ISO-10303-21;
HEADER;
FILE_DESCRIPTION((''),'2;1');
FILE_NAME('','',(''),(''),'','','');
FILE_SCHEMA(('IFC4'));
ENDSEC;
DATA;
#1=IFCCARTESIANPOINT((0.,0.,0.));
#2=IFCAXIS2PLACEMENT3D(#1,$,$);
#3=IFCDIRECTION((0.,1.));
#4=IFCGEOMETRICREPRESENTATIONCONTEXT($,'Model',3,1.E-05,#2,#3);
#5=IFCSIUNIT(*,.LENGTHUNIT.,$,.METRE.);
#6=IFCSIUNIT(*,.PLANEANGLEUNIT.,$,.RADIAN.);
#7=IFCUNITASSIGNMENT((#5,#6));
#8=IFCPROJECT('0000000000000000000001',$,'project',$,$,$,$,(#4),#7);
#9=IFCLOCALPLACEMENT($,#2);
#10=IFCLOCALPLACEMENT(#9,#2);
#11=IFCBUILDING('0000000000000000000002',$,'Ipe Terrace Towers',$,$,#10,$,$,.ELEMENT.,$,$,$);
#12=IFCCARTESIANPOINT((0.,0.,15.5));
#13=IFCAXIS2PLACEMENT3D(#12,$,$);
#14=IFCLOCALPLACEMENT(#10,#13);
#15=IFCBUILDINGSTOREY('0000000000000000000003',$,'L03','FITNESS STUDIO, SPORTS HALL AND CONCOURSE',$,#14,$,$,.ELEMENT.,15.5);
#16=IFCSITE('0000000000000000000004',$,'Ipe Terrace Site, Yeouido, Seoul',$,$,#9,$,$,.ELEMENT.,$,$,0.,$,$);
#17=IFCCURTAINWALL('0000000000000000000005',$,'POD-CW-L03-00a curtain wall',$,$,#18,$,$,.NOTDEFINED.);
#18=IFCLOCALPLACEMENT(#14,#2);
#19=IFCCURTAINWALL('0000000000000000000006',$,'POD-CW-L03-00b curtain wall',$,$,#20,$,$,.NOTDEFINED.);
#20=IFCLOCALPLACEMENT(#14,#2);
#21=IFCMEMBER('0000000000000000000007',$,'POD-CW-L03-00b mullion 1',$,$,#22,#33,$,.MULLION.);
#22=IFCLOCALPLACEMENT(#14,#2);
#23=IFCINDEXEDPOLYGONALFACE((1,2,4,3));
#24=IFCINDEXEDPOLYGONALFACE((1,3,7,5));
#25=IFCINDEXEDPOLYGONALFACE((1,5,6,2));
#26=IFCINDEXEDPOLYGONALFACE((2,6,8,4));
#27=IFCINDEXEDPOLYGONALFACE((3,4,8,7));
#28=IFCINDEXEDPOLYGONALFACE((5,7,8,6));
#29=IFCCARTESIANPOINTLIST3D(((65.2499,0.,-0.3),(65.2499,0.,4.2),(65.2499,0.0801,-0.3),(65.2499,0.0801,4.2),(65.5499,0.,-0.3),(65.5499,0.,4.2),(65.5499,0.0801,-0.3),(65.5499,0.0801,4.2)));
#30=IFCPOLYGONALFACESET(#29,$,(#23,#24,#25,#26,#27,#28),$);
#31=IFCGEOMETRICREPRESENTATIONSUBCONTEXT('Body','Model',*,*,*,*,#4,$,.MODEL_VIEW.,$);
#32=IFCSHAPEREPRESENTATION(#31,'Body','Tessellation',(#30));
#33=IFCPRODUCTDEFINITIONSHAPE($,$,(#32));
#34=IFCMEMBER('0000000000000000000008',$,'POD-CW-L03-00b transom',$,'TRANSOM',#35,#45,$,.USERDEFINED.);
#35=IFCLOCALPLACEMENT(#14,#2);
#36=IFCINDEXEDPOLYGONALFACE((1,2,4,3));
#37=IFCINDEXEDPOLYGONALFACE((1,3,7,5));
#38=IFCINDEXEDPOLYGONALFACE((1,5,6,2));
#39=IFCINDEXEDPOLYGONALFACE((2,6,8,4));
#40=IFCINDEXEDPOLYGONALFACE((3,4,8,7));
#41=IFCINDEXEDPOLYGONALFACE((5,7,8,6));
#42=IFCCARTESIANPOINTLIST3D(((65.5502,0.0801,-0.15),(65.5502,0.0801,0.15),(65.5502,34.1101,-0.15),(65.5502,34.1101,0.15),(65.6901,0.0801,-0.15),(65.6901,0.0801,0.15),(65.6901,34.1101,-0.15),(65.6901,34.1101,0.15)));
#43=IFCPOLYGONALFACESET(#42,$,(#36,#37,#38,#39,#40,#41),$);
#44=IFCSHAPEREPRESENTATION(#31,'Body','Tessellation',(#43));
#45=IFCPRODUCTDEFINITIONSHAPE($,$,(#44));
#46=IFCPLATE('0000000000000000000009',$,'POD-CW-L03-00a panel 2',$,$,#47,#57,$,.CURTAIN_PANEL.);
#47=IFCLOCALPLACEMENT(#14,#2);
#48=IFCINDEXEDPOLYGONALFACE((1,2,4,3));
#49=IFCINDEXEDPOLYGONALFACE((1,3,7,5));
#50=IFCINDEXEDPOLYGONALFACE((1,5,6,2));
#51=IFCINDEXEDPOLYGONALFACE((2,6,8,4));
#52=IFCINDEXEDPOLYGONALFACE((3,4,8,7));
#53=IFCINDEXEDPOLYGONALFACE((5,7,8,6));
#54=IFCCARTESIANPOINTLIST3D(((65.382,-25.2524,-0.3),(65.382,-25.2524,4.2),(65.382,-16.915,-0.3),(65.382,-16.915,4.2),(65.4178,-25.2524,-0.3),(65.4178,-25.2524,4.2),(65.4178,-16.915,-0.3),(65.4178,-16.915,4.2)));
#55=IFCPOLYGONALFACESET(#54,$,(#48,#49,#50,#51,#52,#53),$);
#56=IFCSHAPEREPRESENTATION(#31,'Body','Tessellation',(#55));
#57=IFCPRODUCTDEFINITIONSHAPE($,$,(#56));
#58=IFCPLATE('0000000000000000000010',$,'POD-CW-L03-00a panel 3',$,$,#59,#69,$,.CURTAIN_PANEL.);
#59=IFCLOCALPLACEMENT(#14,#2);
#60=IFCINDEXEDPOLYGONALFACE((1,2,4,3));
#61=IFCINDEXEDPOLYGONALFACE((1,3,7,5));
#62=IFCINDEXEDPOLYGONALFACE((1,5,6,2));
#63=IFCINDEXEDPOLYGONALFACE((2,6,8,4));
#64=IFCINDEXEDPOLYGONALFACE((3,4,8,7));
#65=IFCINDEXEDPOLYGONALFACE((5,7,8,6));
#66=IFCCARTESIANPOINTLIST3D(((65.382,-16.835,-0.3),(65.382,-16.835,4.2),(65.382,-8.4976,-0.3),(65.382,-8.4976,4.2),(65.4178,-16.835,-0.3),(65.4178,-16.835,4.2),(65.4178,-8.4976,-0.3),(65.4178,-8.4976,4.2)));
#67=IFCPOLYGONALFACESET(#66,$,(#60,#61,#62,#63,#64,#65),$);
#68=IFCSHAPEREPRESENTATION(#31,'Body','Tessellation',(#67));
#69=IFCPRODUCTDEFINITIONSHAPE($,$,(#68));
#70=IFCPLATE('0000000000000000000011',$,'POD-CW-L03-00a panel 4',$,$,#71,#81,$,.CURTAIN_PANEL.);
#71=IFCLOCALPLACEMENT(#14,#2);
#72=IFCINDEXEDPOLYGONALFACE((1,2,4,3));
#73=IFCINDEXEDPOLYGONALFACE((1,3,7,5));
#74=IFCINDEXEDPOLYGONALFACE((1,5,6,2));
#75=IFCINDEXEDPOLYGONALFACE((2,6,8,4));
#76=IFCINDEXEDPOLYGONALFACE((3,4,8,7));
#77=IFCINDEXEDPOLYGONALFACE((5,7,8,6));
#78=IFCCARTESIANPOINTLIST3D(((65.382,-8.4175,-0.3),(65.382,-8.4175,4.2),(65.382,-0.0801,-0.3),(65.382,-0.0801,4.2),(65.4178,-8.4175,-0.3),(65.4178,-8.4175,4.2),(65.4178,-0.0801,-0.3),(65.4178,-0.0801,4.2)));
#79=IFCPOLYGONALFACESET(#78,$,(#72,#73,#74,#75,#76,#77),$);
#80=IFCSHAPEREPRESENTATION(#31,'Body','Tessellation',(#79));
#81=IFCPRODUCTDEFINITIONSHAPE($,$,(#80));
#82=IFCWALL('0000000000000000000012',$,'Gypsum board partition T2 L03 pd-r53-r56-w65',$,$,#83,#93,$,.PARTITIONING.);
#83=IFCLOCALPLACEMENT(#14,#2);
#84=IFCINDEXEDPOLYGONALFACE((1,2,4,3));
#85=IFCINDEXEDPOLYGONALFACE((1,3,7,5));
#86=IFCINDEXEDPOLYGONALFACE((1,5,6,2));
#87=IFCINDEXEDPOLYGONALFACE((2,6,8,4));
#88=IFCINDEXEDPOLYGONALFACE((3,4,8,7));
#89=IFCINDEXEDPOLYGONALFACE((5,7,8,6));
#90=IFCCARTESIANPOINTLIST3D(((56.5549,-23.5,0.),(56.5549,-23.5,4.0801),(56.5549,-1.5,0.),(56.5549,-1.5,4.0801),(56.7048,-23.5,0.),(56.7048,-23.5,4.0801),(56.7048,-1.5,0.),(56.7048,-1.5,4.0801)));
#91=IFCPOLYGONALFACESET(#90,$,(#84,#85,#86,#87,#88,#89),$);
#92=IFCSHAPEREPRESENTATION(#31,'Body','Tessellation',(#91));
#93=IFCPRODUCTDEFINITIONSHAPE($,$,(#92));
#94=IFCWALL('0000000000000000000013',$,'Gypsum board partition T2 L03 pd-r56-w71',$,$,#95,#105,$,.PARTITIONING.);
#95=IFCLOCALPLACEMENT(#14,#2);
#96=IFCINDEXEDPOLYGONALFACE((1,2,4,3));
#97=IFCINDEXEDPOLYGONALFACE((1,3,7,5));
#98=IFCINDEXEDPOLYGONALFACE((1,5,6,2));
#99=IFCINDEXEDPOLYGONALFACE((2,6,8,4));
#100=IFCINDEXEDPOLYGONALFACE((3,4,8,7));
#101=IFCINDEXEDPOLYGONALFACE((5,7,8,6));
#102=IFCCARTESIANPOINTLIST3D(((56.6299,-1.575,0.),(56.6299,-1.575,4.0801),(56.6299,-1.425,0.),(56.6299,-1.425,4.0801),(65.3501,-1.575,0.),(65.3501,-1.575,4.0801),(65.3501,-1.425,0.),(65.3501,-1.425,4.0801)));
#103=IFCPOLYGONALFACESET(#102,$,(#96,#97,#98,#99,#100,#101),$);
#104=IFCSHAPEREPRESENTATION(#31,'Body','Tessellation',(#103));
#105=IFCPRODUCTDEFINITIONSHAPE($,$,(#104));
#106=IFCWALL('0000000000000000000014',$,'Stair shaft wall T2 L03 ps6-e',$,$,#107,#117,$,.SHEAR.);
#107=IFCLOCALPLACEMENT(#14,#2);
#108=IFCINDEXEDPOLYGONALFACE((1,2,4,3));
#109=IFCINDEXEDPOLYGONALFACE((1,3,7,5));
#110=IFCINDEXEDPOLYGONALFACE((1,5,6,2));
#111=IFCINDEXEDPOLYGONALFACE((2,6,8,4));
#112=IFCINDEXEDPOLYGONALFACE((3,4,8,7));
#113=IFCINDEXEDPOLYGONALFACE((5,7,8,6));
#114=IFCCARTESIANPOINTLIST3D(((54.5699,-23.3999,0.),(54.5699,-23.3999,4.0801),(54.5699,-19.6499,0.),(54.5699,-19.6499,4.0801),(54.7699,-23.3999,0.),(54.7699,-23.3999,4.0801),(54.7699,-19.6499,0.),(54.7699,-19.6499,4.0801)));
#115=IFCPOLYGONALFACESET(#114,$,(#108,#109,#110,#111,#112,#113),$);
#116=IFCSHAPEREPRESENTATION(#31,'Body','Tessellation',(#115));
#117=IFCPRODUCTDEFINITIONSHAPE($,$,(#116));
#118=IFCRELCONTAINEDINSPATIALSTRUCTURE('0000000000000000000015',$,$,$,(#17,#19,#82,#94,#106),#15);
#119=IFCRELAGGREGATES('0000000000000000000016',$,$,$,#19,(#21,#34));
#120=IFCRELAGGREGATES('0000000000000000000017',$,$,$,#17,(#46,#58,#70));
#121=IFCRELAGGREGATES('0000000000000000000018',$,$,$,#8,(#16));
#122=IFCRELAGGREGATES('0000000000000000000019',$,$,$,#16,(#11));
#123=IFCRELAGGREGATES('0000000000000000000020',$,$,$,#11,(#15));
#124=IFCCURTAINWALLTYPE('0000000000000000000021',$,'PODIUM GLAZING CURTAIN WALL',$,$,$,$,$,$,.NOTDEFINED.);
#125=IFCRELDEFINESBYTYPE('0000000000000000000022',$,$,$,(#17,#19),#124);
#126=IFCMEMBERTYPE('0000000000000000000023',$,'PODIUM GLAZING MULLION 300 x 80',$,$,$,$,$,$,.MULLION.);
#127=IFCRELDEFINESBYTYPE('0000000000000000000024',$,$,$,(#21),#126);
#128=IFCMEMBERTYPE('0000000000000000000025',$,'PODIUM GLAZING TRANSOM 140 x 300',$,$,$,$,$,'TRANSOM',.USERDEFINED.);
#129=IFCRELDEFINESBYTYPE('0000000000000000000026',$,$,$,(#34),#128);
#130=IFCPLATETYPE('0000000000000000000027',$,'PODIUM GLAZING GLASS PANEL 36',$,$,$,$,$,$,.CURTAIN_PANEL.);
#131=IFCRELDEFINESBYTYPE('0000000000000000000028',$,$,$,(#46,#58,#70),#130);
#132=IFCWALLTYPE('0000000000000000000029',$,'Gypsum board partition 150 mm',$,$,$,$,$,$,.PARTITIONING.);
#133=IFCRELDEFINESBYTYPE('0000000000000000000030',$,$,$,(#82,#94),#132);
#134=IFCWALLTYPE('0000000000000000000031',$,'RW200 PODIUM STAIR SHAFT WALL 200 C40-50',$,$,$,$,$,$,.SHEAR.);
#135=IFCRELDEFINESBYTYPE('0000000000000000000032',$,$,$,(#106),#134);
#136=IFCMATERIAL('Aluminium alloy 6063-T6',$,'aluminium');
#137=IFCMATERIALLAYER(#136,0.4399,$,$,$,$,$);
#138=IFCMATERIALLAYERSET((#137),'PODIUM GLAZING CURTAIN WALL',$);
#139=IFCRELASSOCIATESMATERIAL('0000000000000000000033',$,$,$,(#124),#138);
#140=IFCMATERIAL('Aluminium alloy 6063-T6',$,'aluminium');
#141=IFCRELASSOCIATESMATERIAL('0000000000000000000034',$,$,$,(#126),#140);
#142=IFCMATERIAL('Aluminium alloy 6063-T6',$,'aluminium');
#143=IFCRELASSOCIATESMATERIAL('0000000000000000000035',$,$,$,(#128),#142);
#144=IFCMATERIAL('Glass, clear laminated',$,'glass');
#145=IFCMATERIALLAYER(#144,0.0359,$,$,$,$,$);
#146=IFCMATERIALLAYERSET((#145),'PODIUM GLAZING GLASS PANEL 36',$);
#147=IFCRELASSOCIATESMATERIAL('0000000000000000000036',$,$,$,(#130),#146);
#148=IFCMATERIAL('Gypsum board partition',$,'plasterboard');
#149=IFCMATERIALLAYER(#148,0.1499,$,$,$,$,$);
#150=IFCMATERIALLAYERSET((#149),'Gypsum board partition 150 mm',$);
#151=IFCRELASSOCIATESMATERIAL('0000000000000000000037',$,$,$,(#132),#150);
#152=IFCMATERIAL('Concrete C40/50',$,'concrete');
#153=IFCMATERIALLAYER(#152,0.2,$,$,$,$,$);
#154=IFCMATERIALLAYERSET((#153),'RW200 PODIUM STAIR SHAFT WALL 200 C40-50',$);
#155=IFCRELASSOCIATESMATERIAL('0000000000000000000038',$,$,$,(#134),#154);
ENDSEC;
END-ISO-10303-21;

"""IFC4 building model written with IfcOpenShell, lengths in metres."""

from ifc_helpers import new_model, si_unit, direction, frame, frame_2d, origin, origin_2d, place, context, subcontext, project, spatial, rectangle, extrude, material, layer, layer_set, material_profile, profile_set, type_object, element, aggregate, save


model = new_model("IFC4")

# Units and contexts
model_context = context("Model", 3, precision=1e-05, world=origin(), true_north=direction((0.0, 1.0)))
body_context = subcontext(model_context, "Body", "Model", "MODEL_VIEW")
ifc_project = project(units=[si_unit("LENGTHUNIT", "METRE"), si_unit("PLANEANGLEUNIT", "RADIAN")], contexts=[model_context])

# Site, building, storey
site_placement = place(None, origin())
site = spatial("IfcSite", under=ifc_project, at=site_placement, Name="Ipe Terrace Site, Yeouido, Seoul", CompositionType="ELEMENT", RefElevation=0.0)
building_placement = place(site_placement, origin())
building = spatial("IfcBuilding", under=site, at=building_placement, Name="Ipe Terrace Towers", CompositionType="ELEMENT")
storey_placement = place(building_placement, frame((0.0, 0.0, 15.5)))
storey = spatial("IfcBuildingStorey", under=building, at=storey_placement, Name="L03", Description="FITNESS STUDIO, SPORTS HALL AND CONCOURSE", CompositionType="ELEMENT", Elevation=15.5)

# Curtain walls, members
ifc_material_1 = material(Name="Aluminium alloy 6063-T6", Category="aluminium")
ifc_layer_1 = layer(ifc_material_1, 0.4399)
ifc_layer_set_1 = layer_set([ifc_layer_1], Name="PODIUM GLAZING CURTAIN WALL")
curtain_wall_type = type_object("IfcCurtainWallType", Name="PODIUM GLAZING CURTAIN WALL", PredefinedType="NOTDEFINED", material=ifc_layer_set_1)
curtain_wall_1_placement = place(storey_placement, origin())
curtain_wall_1 = element("IfcCurtainWall", 1, at=curtain_wall_1_placement, inside=storey, type_object=curtain_wall_type, Name="POD-CW-L03-00a curtain wall", PredefinedType="NOTDEFINED")
ifc_material_2 = material(Name="Aluminium alloy 6063-T6", Category="aluminium")
ifc_material_profile_1 = material_profile(ifc_material_2, rectangle(XDim=0.3, YDim=0.0801, at=origin_2d()), Name="PODIUM GLAZING MULLION 300 x 80")
ifc_profile_set_1 = profile_set([ifc_material_profile_1], Name="Aluminium alloy 6063-T6")
member_type_1 = type_object("IfcMemberType", Name="PODIUM GLAZING MULLION 300 x 80", PredefinedType="MULLION", material=ifc_profile_set_1)
curtain_wall_2_placement = place(storey_placement, origin())
curtain_wall_2 = element("IfcCurtainWall", 2, at=curtain_wall_2_placement, inside=storey, type_object=curtain_wall_type, Name="POD-CW-L03-00b curtain wall", PredefinedType="NOTDEFINED")
member_1_placement = place(storey_placement, frame((65.3999, 0.04, -0.3), z_axis=(0.0, 0.0, 1.0), x_axis=(1.0, 0.0, 0.0)))
member_1 = element("IfcMember", 3, at=member_1_placement, type_object=member_type_1, Name="POD-CW-L03-00b mullion 1", PredefinedType="MULLION", context=body_context, shape_type="SweptSolid", body=[
    extrude(rectangle(XDim=0.3, YDim=0.0801, at=origin_2d()), origin(), (0.0, 0.0, 1.0), 4.5),
])
ifc_material_3 = material(Name="Aluminium alloy 6063-T6", Category="aluminium")
ifc_material_profile_2 = material_profile(ifc_material_3, rectangle(XDim=0.1399, YDim=0.3, at=origin_2d()), Name="PODIUM GLAZING TRANSOM 140 x 300")
ifc_profile_set_2 = profile_set([ifc_material_profile_2], Name="Aluminium alloy 6063-T6")
member_type_2 = type_object("IfcMemberType", Name="PODIUM GLAZING TRANSOM 140 x 300", ElementType="TRANSOM", PredefinedType="USERDEFINED", material=ifc_profile_set_2)
member_2_placement = place(storey_placement, frame((65.6201, 0.0801, 0.0), z_axis=(0.0, 1.0, 0.0), x_axis=(1.0, 0.0, 0.0)))
member_2 = element("IfcMember", 4, at=member_2_placement, type_object=member_type_2, Name="POD-CW-L03-00b transom", ObjectType="TRANSOM", PredefinedType="USERDEFINED", context=body_context, shape_type="SweptSolid", body=[
    extrude(rectangle(XDim=0.1399, YDim=0.3, at=origin_2d()), origin(), (0.0, 0.0, 1.0), 34.03),
])
aggregate(curtain_wall_2, [member_1, member_2])

# Plates
ifc_material_4 = material(Name="Glass, clear laminated", Category="glass")
ifc_layer_2 = layer(ifc_material_4, 0.0359)
ifc_layer_set_2 = layer_set([ifc_layer_2], Name="PODIUM GLAZING GLASS PANEL 36")
plate_type = type_object("IfcPlateType", Name="PODIUM GLAZING GLASS PANEL 36", PredefinedType="CURTAIN_PANEL", material=ifc_layer_set_2)
plate_1_placement = place(storey_placement, frame((65.3999, -21.0837, -0.3), z_axis=(0.0, 0.0, 1.0), x_axis=(0.0, 1.0, 0.0)))
plate_1 = element("IfcPlate", 5, at=plate_1_placement, type_object=plate_type, Name="POD-CW-L03-00a panel 2", PredefinedType="CURTAIN_PANEL", context=body_context, shape_type="SweptSolid", body=[
    extrude(rectangle(XDim=8.3374, YDim=0.0359, at=origin_2d()), origin(), (0.0, 0.0, 1.0), 4.5),
])
plate_2_placement = place(storey_placement, frame((65.3999, -12.6663, -0.3), z_axis=(0.0, 0.0, 1.0), x_axis=(0.0, 1.0, 0.0)))
plate_2 = element("IfcPlate", 6, at=plate_2_placement, type_object=plate_type, Name="POD-CW-L03-00a panel 3", PredefinedType="CURTAIN_PANEL", context=body_context, shape_type="SweptSolid", body=[
    extrude(rectangle(XDim=8.3374, YDim=0.0359, at=origin_2d()), origin(), (0.0, 0.0, 1.0), 4.5),
])
plate_3_placement = place(storey_placement, frame((65.3999, -4.2488, -0.3), z_axis=(0.0, 0.0, 1.0), x_axis=(0.0, 1.0, 0.0)))
plate_3 = element("IfcPlate", 7, at=plate_3_placement, type_object=plate_type, Name="POD-CW-L03-00a panel 4", PredefinedType="CURTAIN_PANEL", context=body_context, shape_type="SweptSolid", body=[
    extrude(rectangle(XDim=8.3374, YDim=0.0359, at=origin_2d()), origin(), (0.0, 0.0, 1.0), 4.5),
])
aggregate(curtain_wall_1, [plate_1, plate_2, plate_3])

# Walls
ifc_material_5 = material(Name="Gypsum board partition", Category="plasterboard")
ifc_layer_3 = layer(ifc_material_5, 0.1499)
ifc_layer_set_3 = layer_set([ifc_layer_3], Name="Gypsum board partition 150 mm")
wall_type_1 = type_object("IfcWallType", Name="Gypsum board partition 150 mm", PredefinedType="PARTITIONING", material=ifc_layer_set_3)
wall_1_placement = place(storey_placement, frame((56.6299, -1.5, 0.0), z_axis=(0.0, 0.0, 1.0), x_axis=(0.0, -1.0, 0.0)))
element("IfcWall", 8, at=wall_1_placement, inside=storey, type_object=wall_type_1, Name="Gypsum board partition T2 L03 pd-r53-r56-w65", PredefinedType="PARTITIONING", context=body_context, shape_type="SweptSolid", body=[
    extrude(rectangle(XDim=22.0, YDim=0.1499, at=frame_2d((11.0, 0.0))), origin(), (0.0, 0.0, 1.0), 4.0801),
])
wall_2_placement = place(storey_placement, frame((56.6299, -1.5, 0.0), z_axis=(0.0, 0.0, 1.0), x_axis=(1.0, 0.0, 0.0)))
element("IfcWall", 9, at=wall_2_placement, inside=storey, type_object=wall_type_1, Name="Gypsum board partition T2 L03 pd-r56-w71", PredefinedType="PARTITIONING", context=body_context, shape_type="SweptSolid", body=[
    extrude(rectangle(XDim=8.7202, YDim=0.1499, at=frame_2d((4.3601, 0.0))), origin(), (0.0, 0.0, 1.0), 4.0801),
])
ifc_material_6 = material(Name="Concrete C40/50", Category="concrete")
ifc_layer_4 = layer(ifc_material_6, 0.2)
ifc_layer_set_4 = layer_set([ifc_layer_4], Name="RW200 PODIUM STAIR SHAFT WALL 200 C40-50")
wall_type_2 = type_object("IfcWallType", Name="RW200 PODIUM STAIR SHAFT WALL 200 C40-50", PredefinedType="SHEAR", material=ifc_layer_set_4)
wall_3_placement = place(storey_placement, frame((54.6699, -23.3999, 0.0), z_axis=(0.0, 0.0, 1.0), x_axis=(0.0, 1.0, 0.0)))
element("IfcWall", 10, at=wall_3_placement, inside=storey, type_object=wall_type_2, Name="Stair shaft wall T2 L03 ps6-e", PredefinedType="SHEAR", context=body_context, shape_type="SweptSolid", body=[
    extrude(rectangle(XDim=3.75, YDim=0.2, at=frame_2d((1.875, 0.0))), origin(), (0.0, 0.0, 1.0), 4.0801),
])

save(model, "model.ifc")
